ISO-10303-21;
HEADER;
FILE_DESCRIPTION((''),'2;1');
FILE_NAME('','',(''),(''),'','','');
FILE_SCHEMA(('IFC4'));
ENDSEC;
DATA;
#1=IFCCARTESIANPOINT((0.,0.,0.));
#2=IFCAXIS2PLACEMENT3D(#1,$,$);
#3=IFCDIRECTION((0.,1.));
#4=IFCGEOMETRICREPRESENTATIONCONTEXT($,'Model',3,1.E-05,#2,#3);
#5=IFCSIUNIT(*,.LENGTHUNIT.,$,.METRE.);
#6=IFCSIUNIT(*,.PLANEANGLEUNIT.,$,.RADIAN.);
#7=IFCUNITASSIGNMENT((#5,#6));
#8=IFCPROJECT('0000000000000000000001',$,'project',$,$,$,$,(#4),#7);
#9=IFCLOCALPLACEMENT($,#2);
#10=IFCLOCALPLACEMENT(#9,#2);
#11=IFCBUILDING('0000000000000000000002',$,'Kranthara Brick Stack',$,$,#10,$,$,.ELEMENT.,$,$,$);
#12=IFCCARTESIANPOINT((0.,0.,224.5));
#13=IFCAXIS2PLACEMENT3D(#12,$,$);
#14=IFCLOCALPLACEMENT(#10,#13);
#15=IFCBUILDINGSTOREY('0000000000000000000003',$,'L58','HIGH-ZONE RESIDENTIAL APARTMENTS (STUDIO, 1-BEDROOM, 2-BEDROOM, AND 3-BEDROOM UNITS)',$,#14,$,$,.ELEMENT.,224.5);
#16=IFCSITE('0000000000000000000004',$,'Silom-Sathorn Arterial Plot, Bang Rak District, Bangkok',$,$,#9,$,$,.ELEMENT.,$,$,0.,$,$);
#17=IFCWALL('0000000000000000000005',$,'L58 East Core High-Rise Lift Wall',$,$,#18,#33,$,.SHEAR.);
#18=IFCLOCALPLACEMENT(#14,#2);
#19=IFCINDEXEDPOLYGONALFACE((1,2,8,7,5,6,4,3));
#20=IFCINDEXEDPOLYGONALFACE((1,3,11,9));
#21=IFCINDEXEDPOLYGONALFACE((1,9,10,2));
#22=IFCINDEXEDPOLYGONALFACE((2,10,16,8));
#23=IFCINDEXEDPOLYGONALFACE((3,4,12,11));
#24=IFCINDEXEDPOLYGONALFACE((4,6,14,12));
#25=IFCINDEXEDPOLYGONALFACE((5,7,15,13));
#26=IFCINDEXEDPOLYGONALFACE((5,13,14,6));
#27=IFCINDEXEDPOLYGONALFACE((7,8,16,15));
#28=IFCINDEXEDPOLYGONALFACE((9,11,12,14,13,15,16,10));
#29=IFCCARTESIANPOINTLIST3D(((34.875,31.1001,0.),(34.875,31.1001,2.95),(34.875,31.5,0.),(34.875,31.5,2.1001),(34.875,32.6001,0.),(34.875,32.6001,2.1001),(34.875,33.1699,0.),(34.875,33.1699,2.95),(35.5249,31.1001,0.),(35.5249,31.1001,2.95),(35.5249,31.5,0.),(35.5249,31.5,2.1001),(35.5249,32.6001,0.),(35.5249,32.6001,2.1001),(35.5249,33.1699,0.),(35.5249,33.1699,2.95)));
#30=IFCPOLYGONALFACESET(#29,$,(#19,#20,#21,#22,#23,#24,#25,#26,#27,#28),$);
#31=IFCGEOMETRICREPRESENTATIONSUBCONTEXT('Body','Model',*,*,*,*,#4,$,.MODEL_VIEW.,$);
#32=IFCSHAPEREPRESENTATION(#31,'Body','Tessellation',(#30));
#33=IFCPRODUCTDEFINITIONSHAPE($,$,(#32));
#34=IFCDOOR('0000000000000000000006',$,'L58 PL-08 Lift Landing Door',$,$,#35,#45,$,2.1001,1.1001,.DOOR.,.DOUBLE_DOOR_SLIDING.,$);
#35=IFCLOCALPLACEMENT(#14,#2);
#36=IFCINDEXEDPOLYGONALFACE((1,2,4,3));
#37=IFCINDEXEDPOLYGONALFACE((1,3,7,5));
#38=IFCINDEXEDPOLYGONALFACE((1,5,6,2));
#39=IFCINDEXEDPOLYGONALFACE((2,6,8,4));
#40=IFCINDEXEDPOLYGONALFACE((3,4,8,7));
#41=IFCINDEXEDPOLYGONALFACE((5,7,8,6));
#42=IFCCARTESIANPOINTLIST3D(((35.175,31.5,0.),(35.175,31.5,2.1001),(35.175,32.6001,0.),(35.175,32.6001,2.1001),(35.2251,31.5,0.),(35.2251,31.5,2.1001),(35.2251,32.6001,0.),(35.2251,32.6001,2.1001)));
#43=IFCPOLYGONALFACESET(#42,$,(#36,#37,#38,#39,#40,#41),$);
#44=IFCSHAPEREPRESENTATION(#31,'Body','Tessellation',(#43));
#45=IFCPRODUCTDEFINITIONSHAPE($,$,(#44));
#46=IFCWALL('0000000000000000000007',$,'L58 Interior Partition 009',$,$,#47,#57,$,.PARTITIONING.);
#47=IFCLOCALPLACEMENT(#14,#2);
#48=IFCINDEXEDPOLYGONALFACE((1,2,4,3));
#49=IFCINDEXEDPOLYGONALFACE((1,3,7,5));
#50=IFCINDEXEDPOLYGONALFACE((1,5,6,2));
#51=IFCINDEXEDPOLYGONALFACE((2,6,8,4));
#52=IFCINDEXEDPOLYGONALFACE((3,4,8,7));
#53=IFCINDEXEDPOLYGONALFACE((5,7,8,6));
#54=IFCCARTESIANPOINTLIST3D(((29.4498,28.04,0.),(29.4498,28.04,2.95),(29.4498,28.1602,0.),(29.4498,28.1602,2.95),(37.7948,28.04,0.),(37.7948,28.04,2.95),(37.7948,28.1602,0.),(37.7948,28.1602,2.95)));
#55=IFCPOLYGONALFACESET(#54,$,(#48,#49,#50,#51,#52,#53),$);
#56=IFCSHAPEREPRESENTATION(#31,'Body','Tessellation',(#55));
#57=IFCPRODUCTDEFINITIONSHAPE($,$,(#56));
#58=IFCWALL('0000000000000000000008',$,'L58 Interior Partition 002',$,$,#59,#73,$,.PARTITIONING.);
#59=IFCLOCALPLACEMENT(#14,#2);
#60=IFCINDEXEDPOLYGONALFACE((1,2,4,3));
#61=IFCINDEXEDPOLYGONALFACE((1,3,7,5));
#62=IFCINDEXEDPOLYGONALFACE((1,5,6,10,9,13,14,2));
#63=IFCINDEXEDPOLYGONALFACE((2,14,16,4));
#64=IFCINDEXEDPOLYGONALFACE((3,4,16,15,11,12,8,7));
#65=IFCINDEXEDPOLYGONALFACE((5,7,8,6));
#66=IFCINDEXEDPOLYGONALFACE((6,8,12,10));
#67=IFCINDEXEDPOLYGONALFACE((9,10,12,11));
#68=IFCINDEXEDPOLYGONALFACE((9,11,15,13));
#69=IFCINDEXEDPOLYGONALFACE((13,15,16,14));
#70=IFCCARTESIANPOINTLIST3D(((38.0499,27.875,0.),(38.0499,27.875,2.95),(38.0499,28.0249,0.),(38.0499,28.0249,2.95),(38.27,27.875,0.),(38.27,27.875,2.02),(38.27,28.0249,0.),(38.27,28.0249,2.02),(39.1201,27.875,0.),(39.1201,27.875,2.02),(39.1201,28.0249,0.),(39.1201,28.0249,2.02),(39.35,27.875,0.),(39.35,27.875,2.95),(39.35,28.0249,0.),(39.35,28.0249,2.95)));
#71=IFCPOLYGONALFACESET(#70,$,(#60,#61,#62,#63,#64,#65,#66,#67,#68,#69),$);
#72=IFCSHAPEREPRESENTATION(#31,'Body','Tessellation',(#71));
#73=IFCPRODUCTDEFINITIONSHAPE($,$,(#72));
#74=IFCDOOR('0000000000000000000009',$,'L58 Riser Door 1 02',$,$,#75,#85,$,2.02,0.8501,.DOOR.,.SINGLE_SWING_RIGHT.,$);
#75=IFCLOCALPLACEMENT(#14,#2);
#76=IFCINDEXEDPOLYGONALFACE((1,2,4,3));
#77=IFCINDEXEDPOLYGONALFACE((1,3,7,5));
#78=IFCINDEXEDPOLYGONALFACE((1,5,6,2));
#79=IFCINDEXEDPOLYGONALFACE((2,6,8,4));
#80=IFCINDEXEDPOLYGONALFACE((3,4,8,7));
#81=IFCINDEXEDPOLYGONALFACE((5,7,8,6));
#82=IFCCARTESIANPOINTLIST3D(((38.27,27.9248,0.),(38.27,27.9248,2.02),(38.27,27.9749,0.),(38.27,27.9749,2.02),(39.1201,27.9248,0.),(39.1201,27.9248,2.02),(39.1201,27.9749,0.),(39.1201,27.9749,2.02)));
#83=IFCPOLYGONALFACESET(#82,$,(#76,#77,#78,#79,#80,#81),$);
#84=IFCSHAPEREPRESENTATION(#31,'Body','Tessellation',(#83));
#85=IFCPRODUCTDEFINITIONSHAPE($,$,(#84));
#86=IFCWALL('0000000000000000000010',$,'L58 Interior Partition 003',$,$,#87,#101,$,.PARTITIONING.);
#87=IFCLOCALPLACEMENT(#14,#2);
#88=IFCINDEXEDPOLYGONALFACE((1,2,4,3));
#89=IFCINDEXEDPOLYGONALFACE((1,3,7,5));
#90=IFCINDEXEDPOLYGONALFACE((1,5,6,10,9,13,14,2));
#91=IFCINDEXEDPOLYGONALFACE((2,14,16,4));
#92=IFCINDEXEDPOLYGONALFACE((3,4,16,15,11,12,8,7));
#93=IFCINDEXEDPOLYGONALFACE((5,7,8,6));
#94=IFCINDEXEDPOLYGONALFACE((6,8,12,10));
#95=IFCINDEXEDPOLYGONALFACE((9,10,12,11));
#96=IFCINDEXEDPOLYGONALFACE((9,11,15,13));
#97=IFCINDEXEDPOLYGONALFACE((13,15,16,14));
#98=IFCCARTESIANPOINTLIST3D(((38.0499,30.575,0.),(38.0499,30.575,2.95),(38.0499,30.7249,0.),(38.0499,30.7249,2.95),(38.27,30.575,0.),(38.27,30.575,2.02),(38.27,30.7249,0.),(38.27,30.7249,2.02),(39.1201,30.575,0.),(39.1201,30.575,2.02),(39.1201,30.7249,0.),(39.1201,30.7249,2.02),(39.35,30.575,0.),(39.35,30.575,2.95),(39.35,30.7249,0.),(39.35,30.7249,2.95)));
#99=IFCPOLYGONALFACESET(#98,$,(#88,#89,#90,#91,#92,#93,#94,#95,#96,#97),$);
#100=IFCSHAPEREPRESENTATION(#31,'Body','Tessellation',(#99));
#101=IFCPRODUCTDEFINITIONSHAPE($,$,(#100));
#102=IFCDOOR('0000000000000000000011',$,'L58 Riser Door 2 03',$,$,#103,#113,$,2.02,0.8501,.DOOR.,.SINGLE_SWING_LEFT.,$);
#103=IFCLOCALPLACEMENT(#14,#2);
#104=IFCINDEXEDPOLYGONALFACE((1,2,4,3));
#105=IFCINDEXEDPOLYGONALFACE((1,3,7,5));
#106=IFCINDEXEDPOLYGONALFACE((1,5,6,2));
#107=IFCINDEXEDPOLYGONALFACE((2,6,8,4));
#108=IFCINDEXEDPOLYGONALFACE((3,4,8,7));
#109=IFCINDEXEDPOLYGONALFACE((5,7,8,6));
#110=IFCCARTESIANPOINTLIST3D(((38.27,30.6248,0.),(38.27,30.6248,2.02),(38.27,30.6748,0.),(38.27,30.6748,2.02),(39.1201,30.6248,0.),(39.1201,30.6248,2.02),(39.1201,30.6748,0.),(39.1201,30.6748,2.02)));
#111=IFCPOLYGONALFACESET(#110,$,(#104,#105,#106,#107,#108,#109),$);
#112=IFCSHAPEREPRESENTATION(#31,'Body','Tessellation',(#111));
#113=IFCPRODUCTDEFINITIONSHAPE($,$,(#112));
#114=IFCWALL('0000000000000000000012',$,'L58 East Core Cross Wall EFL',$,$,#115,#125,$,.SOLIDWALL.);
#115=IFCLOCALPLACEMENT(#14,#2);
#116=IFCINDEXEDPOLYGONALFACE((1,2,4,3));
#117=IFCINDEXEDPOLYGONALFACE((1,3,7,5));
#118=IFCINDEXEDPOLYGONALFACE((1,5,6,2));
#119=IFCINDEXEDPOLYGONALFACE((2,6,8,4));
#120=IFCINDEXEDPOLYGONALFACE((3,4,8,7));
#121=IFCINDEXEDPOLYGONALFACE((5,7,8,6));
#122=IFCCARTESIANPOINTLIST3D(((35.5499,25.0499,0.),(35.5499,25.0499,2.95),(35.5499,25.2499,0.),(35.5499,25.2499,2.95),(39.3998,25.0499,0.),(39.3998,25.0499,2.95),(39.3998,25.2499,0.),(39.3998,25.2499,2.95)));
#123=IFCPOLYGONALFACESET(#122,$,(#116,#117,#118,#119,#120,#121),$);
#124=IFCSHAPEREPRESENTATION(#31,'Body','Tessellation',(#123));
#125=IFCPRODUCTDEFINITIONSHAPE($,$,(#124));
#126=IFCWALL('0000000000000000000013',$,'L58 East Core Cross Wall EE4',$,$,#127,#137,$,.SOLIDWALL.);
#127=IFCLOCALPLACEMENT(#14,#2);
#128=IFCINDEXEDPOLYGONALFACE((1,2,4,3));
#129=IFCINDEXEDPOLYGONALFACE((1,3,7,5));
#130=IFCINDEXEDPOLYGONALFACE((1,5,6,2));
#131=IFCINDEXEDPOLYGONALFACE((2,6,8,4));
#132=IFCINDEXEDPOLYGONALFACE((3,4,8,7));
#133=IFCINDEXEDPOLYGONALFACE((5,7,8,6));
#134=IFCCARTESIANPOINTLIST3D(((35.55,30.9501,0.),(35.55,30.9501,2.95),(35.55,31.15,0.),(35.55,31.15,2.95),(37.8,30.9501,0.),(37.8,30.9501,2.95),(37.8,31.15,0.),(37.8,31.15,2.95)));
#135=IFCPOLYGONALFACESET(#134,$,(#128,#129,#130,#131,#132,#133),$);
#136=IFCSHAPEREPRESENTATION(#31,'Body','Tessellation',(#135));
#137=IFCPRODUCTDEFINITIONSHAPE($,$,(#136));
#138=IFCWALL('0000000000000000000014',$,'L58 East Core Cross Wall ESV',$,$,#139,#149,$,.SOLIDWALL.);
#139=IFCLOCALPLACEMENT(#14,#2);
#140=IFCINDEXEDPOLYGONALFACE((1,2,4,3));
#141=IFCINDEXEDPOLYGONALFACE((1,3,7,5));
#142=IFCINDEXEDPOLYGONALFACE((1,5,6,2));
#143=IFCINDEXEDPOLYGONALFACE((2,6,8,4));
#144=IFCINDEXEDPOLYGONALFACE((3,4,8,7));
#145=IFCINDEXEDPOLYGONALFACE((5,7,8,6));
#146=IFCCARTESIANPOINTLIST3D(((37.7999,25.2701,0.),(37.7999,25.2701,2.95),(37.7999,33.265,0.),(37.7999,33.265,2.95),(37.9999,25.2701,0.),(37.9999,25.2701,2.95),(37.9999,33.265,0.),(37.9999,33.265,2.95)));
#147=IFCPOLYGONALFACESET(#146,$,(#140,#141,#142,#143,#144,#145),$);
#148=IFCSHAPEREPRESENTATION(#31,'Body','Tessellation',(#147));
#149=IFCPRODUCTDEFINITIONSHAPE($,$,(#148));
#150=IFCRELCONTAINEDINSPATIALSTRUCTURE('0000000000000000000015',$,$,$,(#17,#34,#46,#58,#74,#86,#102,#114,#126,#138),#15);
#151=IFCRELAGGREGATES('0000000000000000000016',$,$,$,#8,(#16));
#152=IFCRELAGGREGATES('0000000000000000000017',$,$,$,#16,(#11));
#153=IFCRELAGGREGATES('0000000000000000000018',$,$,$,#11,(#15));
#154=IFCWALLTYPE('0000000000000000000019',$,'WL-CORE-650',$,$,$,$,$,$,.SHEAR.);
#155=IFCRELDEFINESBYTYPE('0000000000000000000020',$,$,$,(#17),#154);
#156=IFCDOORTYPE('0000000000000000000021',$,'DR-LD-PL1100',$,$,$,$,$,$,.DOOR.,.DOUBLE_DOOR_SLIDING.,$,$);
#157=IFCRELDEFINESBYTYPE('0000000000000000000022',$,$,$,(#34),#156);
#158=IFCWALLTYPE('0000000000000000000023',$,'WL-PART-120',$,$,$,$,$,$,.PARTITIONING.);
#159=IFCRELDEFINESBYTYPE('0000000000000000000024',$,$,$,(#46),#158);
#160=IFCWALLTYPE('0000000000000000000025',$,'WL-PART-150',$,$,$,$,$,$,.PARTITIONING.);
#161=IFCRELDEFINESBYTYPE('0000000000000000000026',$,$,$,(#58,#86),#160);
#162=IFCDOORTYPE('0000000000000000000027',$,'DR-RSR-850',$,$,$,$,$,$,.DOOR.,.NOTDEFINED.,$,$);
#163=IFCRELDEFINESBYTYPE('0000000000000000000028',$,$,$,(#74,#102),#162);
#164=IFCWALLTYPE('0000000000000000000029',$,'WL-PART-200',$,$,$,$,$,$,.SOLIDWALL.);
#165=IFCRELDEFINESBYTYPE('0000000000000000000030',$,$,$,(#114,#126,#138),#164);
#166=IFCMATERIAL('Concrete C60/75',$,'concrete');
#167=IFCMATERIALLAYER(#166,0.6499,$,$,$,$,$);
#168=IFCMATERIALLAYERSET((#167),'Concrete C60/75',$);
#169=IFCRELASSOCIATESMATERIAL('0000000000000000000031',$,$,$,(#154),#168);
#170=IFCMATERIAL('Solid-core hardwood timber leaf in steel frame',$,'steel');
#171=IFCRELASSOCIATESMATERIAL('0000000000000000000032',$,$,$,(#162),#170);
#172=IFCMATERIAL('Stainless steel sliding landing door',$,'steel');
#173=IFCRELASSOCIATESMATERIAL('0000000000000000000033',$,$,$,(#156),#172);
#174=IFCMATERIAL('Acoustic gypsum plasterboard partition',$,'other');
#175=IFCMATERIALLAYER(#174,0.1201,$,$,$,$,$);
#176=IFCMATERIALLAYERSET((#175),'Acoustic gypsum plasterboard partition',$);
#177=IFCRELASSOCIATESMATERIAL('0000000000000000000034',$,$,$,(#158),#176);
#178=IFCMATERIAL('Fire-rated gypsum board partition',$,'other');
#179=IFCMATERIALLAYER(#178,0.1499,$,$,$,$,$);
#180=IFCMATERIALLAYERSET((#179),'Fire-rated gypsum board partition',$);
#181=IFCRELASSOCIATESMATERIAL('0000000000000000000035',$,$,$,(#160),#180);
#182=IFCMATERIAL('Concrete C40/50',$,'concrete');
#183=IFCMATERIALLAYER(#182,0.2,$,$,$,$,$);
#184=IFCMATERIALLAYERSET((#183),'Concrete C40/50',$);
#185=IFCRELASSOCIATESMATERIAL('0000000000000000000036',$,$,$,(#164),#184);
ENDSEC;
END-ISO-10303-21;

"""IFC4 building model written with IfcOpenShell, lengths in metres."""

from ifc_helpers import new_model, si_unit, direction, frame, frame_2d, origin, place, context, subcontext, project, spatial, rectangle, extrude, material, layer, layer_set, type_object, element, fill, save


model = new_model("IFC4")

# Units and contexts
model_context = context("Model", 3, precision=1e-05, world=origin(), true_north=direction((0.0, 1.0)))
body_context = subcontext(model_context, "Body", "Model", "MODEL_VIEW")
ifc_project = project(units=[si_unit("LENGTHUNIT", "METRE"), si_unit("PLANEANGLEUNIT", "RADIAN")], contexts=[model_context])

# Site, building, storey
site_placement = place(None, origin())
site = spatial("IfcSite", under=ifc_project, at=site_placement, Name="Silom-Sathorn Arterial Plot, Bang Rak District, Bangkok", CompositionType="ELEMENT", RefElevation=0.0)
building_placement = place(site_placement, origin())
building = spatial("IfcBuilding", under=site, at=building_placement, Name="Kranthara Brick Stack", CompositionType="ELEMENT")
storey_placement = place(building_placement, frame((0.0, 0.0, 224.5)))
storey = spatial("IfcBuildingStorey", under=building, at=storey_placement, Name="L58", Description="HIGH-ZONE RESIDENTIAL APARTMENTS (STUDIO, 1-BEDROOM, 2-BEDROOM, AND 3-BEDROOM UNITS)", CompositionType="ELEMENT", Elevation=224.5)

# Shared definitions
ifc_material_1 = material(Name="Concrete C60/75", Category="concrete")
ifc_layer_1 = layer(ifc_material_1, 0.6499)
ifc_layer_set_1 = layer_set([ifc_layer_1], Name="Concrete C60/75")
wall_type_1 = type_object("IfcWallType", Name="WL-CORE-650", PredefinedType="SHEAR", material=ifc_layer_set_1)
ifc_material_2 = material(Name="Solid-core hardwood timber leaf in steel frame", Category="steel")
door_type_1 = type_object("IfcDoorType", Name="DR-RSR-850", OperationType="NOTDEFINED", PredefinedType="DOOR", material=ifc_material_2)

# Wall, opening, door
wall_1_placement = place(storey_placement, frame((35.2, 31.1001, 0.0), z_axis=(0.0, 0.0, 1.0), x_axis=(0.0, 1.0, 0.0)))
wall_1 = element("IfcWall", 1, at=wall_1_placement, inside=storey, type_object=wall_type_1, Name="L58 East Core High-Rise Lift Wall", PredefinedType="SHEAR", context=body_context, shape_type="SweptSolid", body=[
    extrude(rectangle(XDim=2.0698, YDim=0.6499, at=frame_2d((1.0349, 0.0))), origin(), (0.0, 0.0, 1.0), 2.95),
])
opening_1_placement = place(wall_1_placement, frame((0.3999, 0.0, 0.0)))
opening_1 = element("IfcOpeningElement", 2, at=opening_1_placement, cuts=wall_1, PredefinedType="OPENING", context=body_context, shape_type="SweptSolid", body=[
    extrude(rectangle(XDim=1.1001, YDim=2.1001, at=frame_2d((0.55, 1.05))), frame((0.0, 0.335, 0.0), z_axis=(0.0, -1.0, 0.0), x_axis=(1.0, 0.0, 0.0)), (0.0, 0.0, 1.0), 0.6699),
])
ifc_material_3 = material(Name="Stainless steel sliding landing door", Category="steel")
door_type_2 = type_object("IfcDoorType", Name="DR-LD-PL1100", OperationType="DOUBLE_DOOR_SLIDING", PredefinedType="DOOR", material=ifc_material_3)
door_1_placement = place(opening_1_placement, origin())
door_1 = element("IfcDoor", 3, at=door_1_placement, inside=storey, type_object=door_type_2, Name="L58 PL-08 Lift Landing Door", OperationType="DOUBLE_DOOR_SLIDING", OverallHeight=2.1001, OverallWidth=1.1001, PredefinedType="DOOR", context=body_context, shape_type="SweptSolid", body=[
    extrude(rectangle(XDim=1.1001, YDim=2.1001, at=frame_2d((0.55, 1.05))), frame((0.0, 0.0249, 0.0), z_axis=(0.0, -1.0, 0.0), x_axis=(1.0, 0.0, 0.0)), (0.0, 0.0, 1.0), 0.05),
])
fill(opening_1, door_1)

# Wall
ifc_material_4 = material(Name="Acoustic gypsum plasterboard partition", Category="other")
ifc_layer_2 = layer(ifc_material_4, 0.1201)
ifc_layer_set_2 = layer_set([ifc_layer_2], Name="Acoustic gypsum plasterboard partition")
wall_type_2 = type_object("IfcWallType", Name="WL-PART-120", PredefinedType="PARTITIONING", material=ifc_layer_set_2)
wall_2_placement = place(storey_placement, frame((29.45, 28.1001, 0.0), z_axis=(0.0, 0.0, 1.0), x_axis=(1.0, 0.0, 0.0)))
element("IfcWall", 4, at=wall_2_placement, inside=storey, type_object=wall_type_2, Name="L58 Interior Partition 009", PredefinedType="PARTITIONING", context=body_context, shape_type="SweptSolid", body=[
    extrude(rectangle(XDim=8.345, YDim=0.1201, at=frame_2d((4.1724, 0.0))), origin(), (0.0, 0.0, 1.0), 2.95),
])

# Walls, openings, doors
ifc_material_5 = material(Name="Fire-rated gypsum board partition", Category="other")
ifc_layer_3 = layer(ifc_material_5, 0.1499)
ifc_layer_set_3 = layer_set([ifc_layer_3], Name="Fire-rated gypsum board partition")
wall_type_3 = type_object("IfcWallType", Name="WL-PART-150", PredefinedType="PARTITIONING", material=ifc_layer_set_3)
wall_3_placement = place(storey_placement, frame((38.05, 27.95, 0.0), z_axis=(0.0, 0.0, 1.0), x_axis=(1.0, 0.0, 0.0)))
wall_3 = element("IfcWall", 5, at=wall_3_placement, inside=storey, type_object=wall_type_3, Name="L58 Interior Partition 002", PredefinedType="PARTITIONING", context=body_context, shape_type="SweptSolid", body=[
    extrude(rectangle(XDim=1.3, YDim=0.1499, at=frame_2d((0.6499, 0.0))), origin(), (0.0, 0.0, 1.0), 2.95),
])
opening_2_placement = place(wall_3_placement, frame((0.22, 0.0, 0.0)))
opening_2 = element("IfcOpeningElement", 6, at=opening_2_placement, cuts=wall_3, PredefinedType="OPENING", context=body_context, shape_type="SweptSolid", body=[
    extrude(rectangle(XDim=0.8501, YDim=2.02, at=frame_2d((0.425, 1.01))), frame((0.0, 0.085, 0.0), z_axis=(0.0, -1.0, 0.0), x_axis=(1.0, 0.0, 0.0)), (0.0, 0.0, 1.0), 0.1699),
])
door_2_placement = place(opening_2_placement, origin())
door_2 = element("IfcDoor", 7, at=door_2_placement, inside=storey, type_object=door_type_1, Name="L58 Riser Door 1 02", OperationType="SINGLE_SWING_RIGHT", OverallHeight=2.02, OverallWidth=0.8501, PredefinedType="DOOR", context=body_context, shape_type="SweptSolid", body=[
    extrude(rectangle(XDim=0.8501, YDim=2.02, at=frame_2d((0.425, 1.01))), frame((0.0, 0.0249, 0.0), z_axis=(0.0, -1.0, 0.0), x_axis=(1.0, 0.0, 0.0)), (0.0, 0.0, 1.0), 0.05),
])
fill(opening_2, door_2)
wall_4_placement = place(storey_placement, frame((38.05, 30.6499, 0.0), z_axis=(0.0, 0.0, 1.0), x_axis=(1.0, 0.0, 0.0)))
wall_4 = element("IfcWall", 8, at=wall_4_placement, inside=storey, type_object=wall_type_3, Name="L58 Interior Partition 003", PredefinedType="PARTITIONING", context=body_context, shape_type="SweptSolid", body=[
    extrude(rectangle(XDim=1.3, YDim=0.1499, at=frame_2d((0.6499, 0.0))), origin(), (0.0, 0.0, 1.0), 2.95),
])
opening_3_placement = place(wall_4_placement, frame((0.22, 0.0, 0.0)))
opening_3 = element("IfcOpeningElement", 9, at=opening_3_placement, cuts=wall_4, PredefinedType="OPENING", context=body_context, shape_type="SweptSolid", body=[
    extrude(rectangle(XDim=0.8501, YDim=2.02, at=frame_2d((0.425, 1.01))), frame((0.0, 0.085, 0.0), z_axis=(0.0, -1.0, 0.0), x_axis=(1.0, 0.0, 0.0)), (0.0, 0.0, 1.0), 0.1699),
])
door_3_placement = place(opening_3_placement, origin())
door_3 = element("IfcDoor", 10, at=door_3_placement, inside=storey, type_object=door_type_1, Name="L58 Riser Door 2 03", OperationType="SINGLE_SWING_LEFT", OverallHeight=2.02, OverallWidth=0.8501, PredefinedType="DOOR", context=body_context, shape_type="SweptSolid", body=[
    extrude(rectangle(XDim=0.8501, YDim=2.02, at=frame_2d((0.425, 1.01))), frame((0.0, 0.0249, 0.0), z_axis=(0.0, -1.0, 0.0), x_axis=(1.0, 0.0, 0.0)), (0.0, 0.0, 1.0), 0.05),
])
fill(opening_3, door_3)

# Walls
ifc_material_6 = material(Name="Concrete C40/50", Category="concrete")
ifc_layer_4 = layer(ifc_material_6, 0.2)
ifc_layer_set_4 = layer_set([ifc_layer_4], Name="Concrete C40/50")
wall_type_4 = type_object("IfcWallType", Name="WL-PART-200", PredefinedType="SOLIDWALL", material=ifc_layer_set_4)
wall_5_placement = place(storey_placement, frame((35.55, 25.1499, 0.0), z_axis=(0.0, 0.0, 1.0), x_axis=(1.0, 0.0, 0.0)))
element("IfcWall", 11, at=wall_5_placement, inside=storey, type_object=wall_type_4, Name="L58 East Core Cross Wall EFL", PredefinedType="SOLIDWALL", context=body_context, shape_type="SweptSolid", body=[
    extrude(rectangle(XDim=3.8499, YDim=0.2, at=frame_2d((1.9248, 0.0))), origin(), (0.0, 0.0, 1.0), 2.95),
])
wall_6_placement = place(storey_placement, frame((35.55, 31.05, 0.0), z_axis=(0.0, 0.0, 1.0), x_axis=(1.0, 0.0, 0.0)))
element("IfcWall", 12, at=wall_6_placement, inside=storey, type_object=wall_type_4, Name="L58 East Core Cross Wall EE4", PredefinedType="SOLIDWALL", context=body_context, shape_type="SweptSolid", body=[
    extrude(rectangle(XDim=2.25, YDim=0.2, at=frame_2d((1.125, 0.0))), origin(), (0.0, 0.0, 1.0), 2.95),
])
wall_7_placement = place(storey_placement, frame((37.8999, 25.27, 0.0), z_axis=(0.0, 0.0, 1.0), x_axis=(0.0, 1.0, 0.0)))
element("IfcWall", 13, at=wall_7_placement, inside=storey, type_object=wall_type_4, Name="L58 East Core Cross Wall ESV", PredefinedType="SOLIDWALL", context=body_context, shape_type="SweptSolid", body=[
    extrude(rectangle(XDim=7.9949, YDim=0.2, at=frame_2d((3.9976, 0.0))), origin(), (0.0, 0.0, 1.0), 2.95),
])

save(model, "model.ifc")
